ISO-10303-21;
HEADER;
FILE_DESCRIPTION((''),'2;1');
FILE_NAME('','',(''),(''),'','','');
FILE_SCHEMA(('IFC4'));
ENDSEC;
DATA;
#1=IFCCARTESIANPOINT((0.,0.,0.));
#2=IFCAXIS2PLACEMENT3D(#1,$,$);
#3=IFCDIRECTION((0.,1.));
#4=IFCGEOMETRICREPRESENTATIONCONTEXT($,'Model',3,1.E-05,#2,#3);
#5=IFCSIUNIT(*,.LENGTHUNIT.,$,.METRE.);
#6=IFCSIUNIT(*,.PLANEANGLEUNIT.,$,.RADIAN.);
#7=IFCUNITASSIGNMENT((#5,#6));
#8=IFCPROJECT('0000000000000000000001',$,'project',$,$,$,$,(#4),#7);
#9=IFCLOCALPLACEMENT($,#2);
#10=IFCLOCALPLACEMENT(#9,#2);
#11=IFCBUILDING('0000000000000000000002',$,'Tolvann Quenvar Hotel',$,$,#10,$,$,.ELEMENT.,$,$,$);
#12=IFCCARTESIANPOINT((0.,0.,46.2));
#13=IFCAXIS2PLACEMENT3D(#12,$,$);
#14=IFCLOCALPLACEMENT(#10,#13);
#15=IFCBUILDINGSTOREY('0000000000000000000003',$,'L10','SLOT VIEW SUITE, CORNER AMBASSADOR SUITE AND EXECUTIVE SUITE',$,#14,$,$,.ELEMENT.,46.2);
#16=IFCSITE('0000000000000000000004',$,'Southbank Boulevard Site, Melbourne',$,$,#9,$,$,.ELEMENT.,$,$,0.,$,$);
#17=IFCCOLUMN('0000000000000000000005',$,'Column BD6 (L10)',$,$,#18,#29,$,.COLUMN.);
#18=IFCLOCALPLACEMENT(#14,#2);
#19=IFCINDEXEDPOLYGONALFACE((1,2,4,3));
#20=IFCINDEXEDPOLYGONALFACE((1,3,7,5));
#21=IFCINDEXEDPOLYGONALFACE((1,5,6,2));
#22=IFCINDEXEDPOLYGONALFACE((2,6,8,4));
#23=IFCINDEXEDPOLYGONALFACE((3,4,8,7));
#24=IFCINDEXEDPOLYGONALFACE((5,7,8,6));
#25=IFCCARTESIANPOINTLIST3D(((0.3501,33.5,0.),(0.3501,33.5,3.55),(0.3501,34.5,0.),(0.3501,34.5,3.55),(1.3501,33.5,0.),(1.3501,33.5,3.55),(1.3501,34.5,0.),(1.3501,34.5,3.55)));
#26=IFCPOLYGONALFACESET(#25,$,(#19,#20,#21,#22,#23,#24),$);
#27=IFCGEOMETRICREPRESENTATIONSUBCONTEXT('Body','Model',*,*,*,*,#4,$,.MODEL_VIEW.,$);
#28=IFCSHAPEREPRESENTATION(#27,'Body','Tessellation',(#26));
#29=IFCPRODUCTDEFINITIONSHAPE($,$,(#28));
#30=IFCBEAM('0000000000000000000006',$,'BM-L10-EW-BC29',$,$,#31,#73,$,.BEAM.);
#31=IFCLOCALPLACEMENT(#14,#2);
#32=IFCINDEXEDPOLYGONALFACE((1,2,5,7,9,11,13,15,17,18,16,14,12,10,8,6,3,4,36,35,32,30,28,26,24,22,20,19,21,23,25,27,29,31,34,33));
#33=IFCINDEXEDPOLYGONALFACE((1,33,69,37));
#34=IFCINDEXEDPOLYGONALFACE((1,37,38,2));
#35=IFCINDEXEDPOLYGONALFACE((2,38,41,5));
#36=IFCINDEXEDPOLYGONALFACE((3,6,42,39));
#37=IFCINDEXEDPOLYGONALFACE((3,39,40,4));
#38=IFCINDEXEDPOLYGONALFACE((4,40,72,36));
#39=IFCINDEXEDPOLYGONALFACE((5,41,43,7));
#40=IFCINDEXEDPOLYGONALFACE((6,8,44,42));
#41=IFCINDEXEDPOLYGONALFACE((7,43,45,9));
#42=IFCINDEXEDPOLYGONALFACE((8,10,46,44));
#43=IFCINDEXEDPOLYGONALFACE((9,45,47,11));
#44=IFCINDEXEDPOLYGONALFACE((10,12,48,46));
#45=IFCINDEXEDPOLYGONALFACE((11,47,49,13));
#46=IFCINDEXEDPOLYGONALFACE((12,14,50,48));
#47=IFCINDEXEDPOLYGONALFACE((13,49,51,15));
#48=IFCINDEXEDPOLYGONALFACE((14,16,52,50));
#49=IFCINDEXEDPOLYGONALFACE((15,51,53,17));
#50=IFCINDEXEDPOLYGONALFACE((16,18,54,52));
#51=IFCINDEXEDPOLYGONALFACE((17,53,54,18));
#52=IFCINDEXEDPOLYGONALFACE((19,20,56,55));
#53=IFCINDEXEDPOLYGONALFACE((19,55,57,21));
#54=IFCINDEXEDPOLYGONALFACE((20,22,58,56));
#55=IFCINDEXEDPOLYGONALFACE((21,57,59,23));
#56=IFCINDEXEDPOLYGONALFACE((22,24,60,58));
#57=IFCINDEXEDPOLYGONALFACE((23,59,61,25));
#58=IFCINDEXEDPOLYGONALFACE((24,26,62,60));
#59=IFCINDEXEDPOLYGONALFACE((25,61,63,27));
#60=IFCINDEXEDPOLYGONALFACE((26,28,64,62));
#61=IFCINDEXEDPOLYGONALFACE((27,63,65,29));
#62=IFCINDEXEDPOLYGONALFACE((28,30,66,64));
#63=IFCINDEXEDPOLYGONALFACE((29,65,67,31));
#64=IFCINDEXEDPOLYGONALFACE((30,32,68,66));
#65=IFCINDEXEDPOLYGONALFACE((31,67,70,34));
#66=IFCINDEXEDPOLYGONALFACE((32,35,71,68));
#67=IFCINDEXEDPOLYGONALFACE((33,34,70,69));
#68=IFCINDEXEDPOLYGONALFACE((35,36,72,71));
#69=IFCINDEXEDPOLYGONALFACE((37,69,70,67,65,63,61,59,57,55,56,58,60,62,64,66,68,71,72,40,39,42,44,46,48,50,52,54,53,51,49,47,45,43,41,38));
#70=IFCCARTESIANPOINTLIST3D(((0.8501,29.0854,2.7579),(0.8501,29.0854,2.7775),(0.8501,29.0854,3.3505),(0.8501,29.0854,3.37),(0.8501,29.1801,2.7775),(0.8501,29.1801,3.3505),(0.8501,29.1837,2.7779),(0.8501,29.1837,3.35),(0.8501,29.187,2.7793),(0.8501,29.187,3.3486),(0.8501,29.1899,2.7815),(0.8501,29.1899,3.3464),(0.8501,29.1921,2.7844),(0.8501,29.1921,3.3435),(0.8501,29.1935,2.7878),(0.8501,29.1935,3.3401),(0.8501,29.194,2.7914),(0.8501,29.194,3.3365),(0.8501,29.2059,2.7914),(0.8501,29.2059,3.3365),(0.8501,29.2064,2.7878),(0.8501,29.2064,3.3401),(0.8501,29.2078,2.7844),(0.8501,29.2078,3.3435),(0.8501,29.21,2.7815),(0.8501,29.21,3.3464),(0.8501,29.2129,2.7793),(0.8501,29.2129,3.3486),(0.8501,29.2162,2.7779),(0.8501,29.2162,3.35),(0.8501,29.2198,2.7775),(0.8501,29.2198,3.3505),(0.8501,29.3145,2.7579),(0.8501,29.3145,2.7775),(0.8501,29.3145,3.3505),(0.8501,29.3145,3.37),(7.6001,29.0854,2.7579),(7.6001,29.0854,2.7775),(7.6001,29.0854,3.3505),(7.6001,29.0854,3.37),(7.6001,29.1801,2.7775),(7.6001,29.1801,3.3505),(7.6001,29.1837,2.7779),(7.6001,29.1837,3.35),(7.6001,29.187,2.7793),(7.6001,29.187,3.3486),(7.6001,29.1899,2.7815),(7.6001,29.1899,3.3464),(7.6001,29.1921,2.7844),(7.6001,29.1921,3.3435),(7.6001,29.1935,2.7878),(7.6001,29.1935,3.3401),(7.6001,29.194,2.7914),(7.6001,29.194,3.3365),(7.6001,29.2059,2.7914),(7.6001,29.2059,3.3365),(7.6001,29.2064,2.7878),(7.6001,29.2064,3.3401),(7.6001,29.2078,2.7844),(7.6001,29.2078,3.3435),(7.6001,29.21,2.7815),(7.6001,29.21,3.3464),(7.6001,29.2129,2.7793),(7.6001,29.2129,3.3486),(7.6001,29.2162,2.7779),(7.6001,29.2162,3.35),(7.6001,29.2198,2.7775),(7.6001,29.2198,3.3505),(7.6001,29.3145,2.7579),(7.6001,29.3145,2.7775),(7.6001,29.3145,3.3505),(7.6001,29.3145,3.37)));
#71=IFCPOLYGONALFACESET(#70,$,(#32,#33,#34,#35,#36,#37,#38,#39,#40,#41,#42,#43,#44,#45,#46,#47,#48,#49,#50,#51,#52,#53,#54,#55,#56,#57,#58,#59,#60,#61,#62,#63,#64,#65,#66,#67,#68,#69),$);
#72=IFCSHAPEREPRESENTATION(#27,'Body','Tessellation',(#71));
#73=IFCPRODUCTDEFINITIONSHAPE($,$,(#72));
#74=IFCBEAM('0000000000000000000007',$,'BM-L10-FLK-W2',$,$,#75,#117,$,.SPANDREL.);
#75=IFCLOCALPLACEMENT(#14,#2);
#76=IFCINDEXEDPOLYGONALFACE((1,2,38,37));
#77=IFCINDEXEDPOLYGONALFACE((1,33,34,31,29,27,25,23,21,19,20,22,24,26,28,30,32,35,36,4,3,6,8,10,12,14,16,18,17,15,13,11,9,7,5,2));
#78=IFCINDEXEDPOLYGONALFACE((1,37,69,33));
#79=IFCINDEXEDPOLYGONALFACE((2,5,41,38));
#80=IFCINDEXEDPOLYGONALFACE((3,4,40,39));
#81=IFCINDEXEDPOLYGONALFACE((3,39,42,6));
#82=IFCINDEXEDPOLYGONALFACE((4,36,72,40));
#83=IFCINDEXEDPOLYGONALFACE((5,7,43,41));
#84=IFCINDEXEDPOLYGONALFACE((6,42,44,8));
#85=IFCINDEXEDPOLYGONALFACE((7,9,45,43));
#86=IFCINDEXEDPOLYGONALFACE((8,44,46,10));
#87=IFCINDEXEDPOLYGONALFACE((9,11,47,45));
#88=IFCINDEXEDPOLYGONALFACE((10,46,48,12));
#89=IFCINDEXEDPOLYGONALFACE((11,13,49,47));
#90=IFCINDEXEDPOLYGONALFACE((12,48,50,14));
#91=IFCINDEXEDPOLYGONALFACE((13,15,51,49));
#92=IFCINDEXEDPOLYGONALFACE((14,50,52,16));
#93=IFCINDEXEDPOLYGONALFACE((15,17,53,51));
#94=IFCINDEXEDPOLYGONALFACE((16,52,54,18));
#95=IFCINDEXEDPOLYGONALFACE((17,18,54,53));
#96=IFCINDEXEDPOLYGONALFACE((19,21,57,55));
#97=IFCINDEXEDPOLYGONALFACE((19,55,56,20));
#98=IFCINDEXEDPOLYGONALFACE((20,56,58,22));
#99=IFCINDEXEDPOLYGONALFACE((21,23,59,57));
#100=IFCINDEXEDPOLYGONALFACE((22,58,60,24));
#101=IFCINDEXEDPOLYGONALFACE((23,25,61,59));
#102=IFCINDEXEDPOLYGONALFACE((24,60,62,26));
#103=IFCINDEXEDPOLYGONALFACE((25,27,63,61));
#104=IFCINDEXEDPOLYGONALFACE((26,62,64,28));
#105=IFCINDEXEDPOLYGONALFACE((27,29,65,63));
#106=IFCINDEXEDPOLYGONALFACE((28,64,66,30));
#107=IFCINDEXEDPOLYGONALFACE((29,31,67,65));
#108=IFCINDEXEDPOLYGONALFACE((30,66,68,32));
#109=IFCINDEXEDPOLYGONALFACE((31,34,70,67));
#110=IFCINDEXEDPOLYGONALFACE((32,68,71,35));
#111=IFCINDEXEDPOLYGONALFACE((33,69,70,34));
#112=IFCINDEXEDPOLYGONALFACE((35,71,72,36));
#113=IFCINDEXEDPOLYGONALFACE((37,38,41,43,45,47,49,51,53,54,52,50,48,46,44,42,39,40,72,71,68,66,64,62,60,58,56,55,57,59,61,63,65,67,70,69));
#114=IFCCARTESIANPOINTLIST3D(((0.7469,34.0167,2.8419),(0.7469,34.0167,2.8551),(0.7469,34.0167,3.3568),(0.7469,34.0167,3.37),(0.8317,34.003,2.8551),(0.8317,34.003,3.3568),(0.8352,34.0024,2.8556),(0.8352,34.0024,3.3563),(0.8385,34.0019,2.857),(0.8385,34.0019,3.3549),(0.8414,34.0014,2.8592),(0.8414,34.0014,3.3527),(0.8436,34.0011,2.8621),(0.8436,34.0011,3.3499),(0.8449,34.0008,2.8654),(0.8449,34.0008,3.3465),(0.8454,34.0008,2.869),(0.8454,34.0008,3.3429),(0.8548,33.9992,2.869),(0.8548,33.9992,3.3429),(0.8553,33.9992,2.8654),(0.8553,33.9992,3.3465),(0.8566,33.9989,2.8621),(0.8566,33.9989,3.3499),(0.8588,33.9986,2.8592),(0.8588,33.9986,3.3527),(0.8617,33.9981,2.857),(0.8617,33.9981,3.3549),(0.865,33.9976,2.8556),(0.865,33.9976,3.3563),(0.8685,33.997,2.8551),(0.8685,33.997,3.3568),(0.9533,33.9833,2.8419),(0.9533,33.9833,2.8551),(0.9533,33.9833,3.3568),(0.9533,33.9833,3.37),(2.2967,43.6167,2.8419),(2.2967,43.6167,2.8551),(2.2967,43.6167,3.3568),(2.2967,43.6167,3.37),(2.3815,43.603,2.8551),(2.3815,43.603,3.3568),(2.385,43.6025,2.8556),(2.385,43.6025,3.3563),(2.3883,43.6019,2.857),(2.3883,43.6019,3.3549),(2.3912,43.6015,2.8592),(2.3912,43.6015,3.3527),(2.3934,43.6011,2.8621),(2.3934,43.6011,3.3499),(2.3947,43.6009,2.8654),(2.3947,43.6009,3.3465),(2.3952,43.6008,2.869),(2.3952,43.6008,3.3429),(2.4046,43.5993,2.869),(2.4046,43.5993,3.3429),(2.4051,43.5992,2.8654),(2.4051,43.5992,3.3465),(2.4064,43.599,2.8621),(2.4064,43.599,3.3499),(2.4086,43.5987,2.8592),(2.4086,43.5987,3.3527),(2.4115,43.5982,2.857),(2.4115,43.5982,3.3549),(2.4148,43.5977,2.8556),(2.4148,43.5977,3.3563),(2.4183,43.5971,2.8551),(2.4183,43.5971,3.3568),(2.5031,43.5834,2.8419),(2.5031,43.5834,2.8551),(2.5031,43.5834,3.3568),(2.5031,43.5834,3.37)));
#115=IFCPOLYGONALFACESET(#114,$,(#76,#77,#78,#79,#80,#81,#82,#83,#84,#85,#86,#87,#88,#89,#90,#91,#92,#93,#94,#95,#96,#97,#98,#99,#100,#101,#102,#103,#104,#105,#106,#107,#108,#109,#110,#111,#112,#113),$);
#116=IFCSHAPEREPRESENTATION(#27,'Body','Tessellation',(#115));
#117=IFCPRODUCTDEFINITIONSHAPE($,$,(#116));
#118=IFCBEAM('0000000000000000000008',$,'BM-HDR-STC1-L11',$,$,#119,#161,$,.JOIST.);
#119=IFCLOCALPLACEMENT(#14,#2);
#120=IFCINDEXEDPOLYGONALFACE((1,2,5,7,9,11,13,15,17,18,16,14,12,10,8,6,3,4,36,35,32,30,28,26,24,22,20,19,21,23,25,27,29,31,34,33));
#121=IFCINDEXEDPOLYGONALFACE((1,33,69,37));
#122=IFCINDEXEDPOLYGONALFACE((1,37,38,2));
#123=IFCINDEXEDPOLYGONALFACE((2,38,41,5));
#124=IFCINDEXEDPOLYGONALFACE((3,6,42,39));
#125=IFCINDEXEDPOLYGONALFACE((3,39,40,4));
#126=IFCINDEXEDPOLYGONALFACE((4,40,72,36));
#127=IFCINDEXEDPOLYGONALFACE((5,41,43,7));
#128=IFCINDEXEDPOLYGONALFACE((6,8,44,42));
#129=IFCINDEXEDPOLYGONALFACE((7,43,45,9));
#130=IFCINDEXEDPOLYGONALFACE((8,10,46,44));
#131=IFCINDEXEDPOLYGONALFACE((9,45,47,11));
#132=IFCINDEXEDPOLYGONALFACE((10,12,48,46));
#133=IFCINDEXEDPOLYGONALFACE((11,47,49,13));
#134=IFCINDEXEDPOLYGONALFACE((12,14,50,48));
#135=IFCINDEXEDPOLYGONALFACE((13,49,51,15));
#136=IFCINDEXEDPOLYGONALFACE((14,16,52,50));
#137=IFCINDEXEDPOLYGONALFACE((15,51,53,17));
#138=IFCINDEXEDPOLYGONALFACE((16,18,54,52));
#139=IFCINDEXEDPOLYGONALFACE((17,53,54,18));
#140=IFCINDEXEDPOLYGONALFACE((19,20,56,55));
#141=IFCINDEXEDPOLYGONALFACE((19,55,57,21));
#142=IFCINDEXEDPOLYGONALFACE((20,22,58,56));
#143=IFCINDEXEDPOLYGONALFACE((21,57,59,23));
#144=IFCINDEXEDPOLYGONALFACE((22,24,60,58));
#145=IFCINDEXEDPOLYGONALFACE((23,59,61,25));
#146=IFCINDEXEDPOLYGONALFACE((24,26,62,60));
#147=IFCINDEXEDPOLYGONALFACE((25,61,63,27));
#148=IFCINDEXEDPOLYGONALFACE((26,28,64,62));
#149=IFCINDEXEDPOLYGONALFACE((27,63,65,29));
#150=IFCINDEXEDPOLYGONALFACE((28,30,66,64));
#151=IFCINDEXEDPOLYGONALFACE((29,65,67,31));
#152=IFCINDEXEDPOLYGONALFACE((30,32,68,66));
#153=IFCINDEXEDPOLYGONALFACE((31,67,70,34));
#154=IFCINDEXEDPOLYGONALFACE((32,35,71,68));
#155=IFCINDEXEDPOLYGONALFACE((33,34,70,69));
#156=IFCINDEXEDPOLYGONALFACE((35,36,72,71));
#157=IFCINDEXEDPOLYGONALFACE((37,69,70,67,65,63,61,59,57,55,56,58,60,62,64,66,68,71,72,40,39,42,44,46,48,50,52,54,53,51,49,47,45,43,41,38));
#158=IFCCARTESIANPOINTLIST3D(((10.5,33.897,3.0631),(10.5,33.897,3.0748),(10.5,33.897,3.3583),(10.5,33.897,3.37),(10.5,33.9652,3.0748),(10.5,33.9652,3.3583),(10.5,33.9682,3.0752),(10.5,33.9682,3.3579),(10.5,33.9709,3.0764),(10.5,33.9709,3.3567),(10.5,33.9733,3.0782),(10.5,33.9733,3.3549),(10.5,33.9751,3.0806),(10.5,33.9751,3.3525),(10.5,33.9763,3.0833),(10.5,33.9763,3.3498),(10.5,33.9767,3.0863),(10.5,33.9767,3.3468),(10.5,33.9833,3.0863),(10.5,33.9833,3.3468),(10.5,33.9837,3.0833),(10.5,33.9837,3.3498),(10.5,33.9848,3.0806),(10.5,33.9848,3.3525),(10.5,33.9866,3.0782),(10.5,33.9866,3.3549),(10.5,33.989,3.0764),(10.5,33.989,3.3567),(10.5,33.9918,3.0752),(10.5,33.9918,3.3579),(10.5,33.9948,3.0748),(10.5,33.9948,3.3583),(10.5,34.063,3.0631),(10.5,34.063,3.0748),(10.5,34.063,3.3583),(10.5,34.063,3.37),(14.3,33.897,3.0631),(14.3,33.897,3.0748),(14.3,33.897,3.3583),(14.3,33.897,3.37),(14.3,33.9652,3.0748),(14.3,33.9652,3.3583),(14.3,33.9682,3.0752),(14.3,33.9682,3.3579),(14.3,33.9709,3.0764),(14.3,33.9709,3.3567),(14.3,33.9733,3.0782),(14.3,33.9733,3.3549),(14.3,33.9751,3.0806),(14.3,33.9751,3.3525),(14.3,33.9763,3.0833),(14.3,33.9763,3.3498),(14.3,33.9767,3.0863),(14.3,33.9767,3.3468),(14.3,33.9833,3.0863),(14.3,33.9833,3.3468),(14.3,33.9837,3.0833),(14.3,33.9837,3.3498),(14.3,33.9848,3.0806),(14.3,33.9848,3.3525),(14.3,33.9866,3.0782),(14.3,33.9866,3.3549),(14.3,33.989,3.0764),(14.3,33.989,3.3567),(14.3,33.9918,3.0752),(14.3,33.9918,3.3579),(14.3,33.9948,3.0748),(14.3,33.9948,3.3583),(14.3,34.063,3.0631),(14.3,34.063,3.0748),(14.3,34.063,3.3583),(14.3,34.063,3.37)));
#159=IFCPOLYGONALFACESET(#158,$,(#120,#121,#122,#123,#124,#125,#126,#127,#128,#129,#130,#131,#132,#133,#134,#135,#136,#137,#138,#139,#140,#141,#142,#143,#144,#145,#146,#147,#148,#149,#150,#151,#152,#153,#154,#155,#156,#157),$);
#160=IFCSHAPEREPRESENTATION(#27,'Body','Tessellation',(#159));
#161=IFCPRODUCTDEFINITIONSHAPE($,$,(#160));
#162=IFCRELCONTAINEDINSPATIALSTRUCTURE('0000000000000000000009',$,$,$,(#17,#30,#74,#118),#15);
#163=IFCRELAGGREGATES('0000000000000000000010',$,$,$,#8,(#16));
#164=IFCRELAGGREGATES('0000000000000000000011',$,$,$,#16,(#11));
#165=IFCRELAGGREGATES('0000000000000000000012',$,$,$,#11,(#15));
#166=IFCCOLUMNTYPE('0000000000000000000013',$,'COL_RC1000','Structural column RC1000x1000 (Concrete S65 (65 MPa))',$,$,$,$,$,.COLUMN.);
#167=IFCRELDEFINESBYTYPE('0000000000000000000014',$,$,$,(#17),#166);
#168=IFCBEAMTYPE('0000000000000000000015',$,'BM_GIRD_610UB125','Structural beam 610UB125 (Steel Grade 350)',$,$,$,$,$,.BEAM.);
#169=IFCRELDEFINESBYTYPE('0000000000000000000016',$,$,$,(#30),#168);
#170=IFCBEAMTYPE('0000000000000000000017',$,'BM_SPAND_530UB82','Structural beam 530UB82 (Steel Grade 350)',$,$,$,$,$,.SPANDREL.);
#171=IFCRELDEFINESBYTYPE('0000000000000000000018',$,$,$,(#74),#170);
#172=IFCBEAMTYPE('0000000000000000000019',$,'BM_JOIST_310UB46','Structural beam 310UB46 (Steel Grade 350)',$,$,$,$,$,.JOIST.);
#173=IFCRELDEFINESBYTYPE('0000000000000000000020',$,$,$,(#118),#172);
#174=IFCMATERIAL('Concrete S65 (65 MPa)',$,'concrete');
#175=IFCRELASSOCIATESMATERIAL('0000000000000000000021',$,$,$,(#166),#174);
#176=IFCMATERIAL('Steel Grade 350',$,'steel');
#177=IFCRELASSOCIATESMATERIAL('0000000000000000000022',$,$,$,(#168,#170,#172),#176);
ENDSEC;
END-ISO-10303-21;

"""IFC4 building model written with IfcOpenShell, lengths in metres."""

from ifc_helpers import new_model, si_unit, direction, frame, origin, origin_2d, place, context, subcontext, project, spatial, rectangle, i_section, extrude, source, transform, mapped, material, material_profile, profile_set, type_object, type_shapes, element, save


model = new_model("IFC4")

# Units and contexts
model_context = context("Model", 3, precision=1e-05, world=origin(), true_north=direction((0.0, 1.0)))
body_context = subcontext(model_context, "Body", "Model", "MODEL_VIEW")
ifc_project = project(units=[si_unit("LENGTHUNIT", "METRE"), si_unit("PLANEANGLEUNIT", "RADIAN")], contexts=[model_context])

# Site, building, storey
site_placement = place(None, origin())
site = spatial("IfcSite", under=ifc_project, at=site_placement, Name="Southbank Boulevard Site, Melbourne", CompositionType="ELEMENT", RefElevation=0.0)
building_placement = place(site_placement, origin())
building = spatial("IfcBuilding", under=site, at=building_placement, Name="Tolvann Quenvar Hotel", CompositionType="ELEMENT")
storey_placement = place(building_placement, frame((0.0, 0.0, 46.2)))
storey = spatial("IfcBuildingStorey", under=building, at=storey_placement, Name="L10", Description="SLOT VIEW SUITE, CORNER AMBASSADOR SUITE AND EXECUTIVE SUITE", CompositionType="ELEMENT", Elevation=46.2)

# Column
ifc_material_1 = material(Name="Concrete S65 (65 MPa)", Category="concrete")
ifc_material_profile_1 = material_profile(ifc_material_1, rectangle(XDim=1.0, YDim=1.0, at=origin_2d()), Name="RC1000x1000")
ifc_profile_set_1 = profile_set([ifc_material_profile_1], Name="Concrete S65 (65 MPa)")
column_type = type_object("IfcColumnType", Name="COL_RC1000", Description="Structural column RC1000x1000 (Concrete S65 (65 MPa))", PredefinedType="COLUMN", material=ifc_profile_set_1)
shared_shape_1 = source(origin(), body_context, "Body", "SweptSolid", [
    extrude(rectangle(XDim=1.0, YDim=1.0, at=origin_2d()), origin(), (0.0, 0.0, 1.0), 3.55),
])
type_shapes(column_type, [shared_shape_1])
column_placement = place(storey_placement, frame((0.8501, 34.0, 0.0), z_axis=(0.0, 0.0, 1.0), x_axis=(1.0, 0.0, 0.0)))
element("IfcColumn", 1, at=column_placement, inside=storey, type_object=column_type, Name="Column BD6 (L10)", PredefinedType="COLUMN", context=body_context, shape_type="MappedRepresentation", body=[
    mapped(shared_shape_1, transform((0.0, 0.0, 0.0), x_axis=(1.0, 0.0, 0.0), y_axis=(0.0, 1.0, 0.0), z_axis=(0.0, 0.0, 1.0), scale=1.0)),
])

# Beams
ifc_material_2 = material(Name="Steel Grade 350", Category="steel")
ifc_material_profile_2 = material_profile(ifc_material_2, i_section(OverallWidth=0.229, OverallDepth=0.6121, WebThickness=0.012, FlangeThickness=0.0195, FilletRadius=0.0139, at=origin_2d()), Name="610UB125")
ifc_profile_set_2 = profile_set([ifc_material_profile_2], Name="Steel Grade 350")
beam_type_1 = type_object("IfcBeamType", Name="BM_GIRD_610UB125", Description="Structural beam 610UB125 (Steel Grade 350)", PredefinedType="BEAM", material=ifc_profile_set_2)
shared_shape_2 = source(origin(), body_context, "Body", "SweptSolid", [
    extrude(i_section(OverallWidth=0.229, OverallDepth=0.6121, WebThickness=0.012, FlangeThickness=0.0195, FilletRadius=0.0139, at=origin_2d()), origin(), (0.0, 0.0, 1.0), 6.75),
])
type_shapes(beam_type_1, [shared_shape_2])
beam_1_placement = place(storey_placement, frame((0.8501, 29.2, 3.064), z_axis=(1.0, 0.0, 0.0), x_axis=(0.0, 1.0, 0.0)))
element("IfcBeam", 2, at=beam_1_placement, inside=storey, type_object=beam_type_1, Name="BM-L10-EW-BC29", PredefinedType="BEAM", context=body_context, shape_type="MappedRepresentation", body=[
    mapped(shared_shape_2, transform((0.0, 0.0, 0.0), x_axis=(1.0, 0.0, 0.0), y_axis=(0.0, 1.0, 0.0), z_axis=(0.0, 0.0, 1.0), scale=1.0)),
])
ifc_material_profile_3 = material_profile(ifc_material_2, i_section(OverallWidth=0.209, OverallDepth=0.5281, WebThickness=0.0095, FlangeThickness=0.0132, FilletRadius=0.0139, at=origin_2d()), Name="530UB82")
ifc_profile_set_3 = profile_set([ifc_material_profile_3], Name="Steel Grade 350")
beam_type_2 = type_object("IfcBeamType", Name="BM_SPAND_530UB82", Description="Structural beam 530UB82 (Steel Grade 350)", PredefinedType="SPANDREL", material=ifc_profile_set_3)
shared_shape_3 = source(origin(), body_context, "Body", "SweptSolid", [
    extrude(i_section(OverallWidth=0.209, OverallDepth=0.5281, WebThickness=0.0095, FlangeThickness=0.0132, FilletRadius=0.0139, at=origin_2d()), origin(), (0.0, 0.0, 1.0), 9.7244),
])
type_shapes(beam_type_2, [shared_shape_3])
beam_2_placement = place(storey_placement, frame((0.8501, 34.0, 3.106), z_axis=(0.159373, 0.987218, 0.0), x_axis=(-0.987218, 0.159373, 0.0)))
element("IfcBeam", 3, at=beam_2_placement, inside=storey, type_object=beam_type_2, Name="BM-L10-FLK-W2", PredefinedType="SPANDREL", context=body_context, shape_type="MappedRepresentation", body=[
    mapped(shared_shape_3, transform((0.0, 0.0, 0.0), x_axis=(1.0, 0.0, 0.0), y_axis=(0.0, 1.0, 0.0), z_axis=(0.0, 0.0, 1.0), scale=1.0)),
])
ifc_material_profile_4 = material_profile(ifc_material_2, i_section(OverallWidth=0.166, OverallDepth=0.3069, WebThickness=0.0066, FlangeThickness=0.0117, FilletRadius=0.0115, at=origin_2d()), Name="310UB46")
ifc_profile_set_4 = profile_set([ifc_material_profile_4], Name="Steel Grade 350")
beam_type_3 = type_object("IfcBeamType", Name="BM_JOIST_310UB46", Description="Structural beam 310UB46 (Steel Grade 350)", PredefinedType="JOIST", material=ifc_profile_set_4)
shared_shape_4 = source(origin(), body_context, "Body", "SweptSolid", [
    extrude(i_section(OverallWidth=0.166, OverallDepth=0.3069, WebThickness=0.0066, FlangeThickness=0.0117, FilletRadius=0.0115, at=origin_2d()), origin(), (0.0, 0.0, 1.0), 3.8),
])
type_shapes(beam_type_3, [shared_shape_4])
beam_3_placement = place(storey_placement, frame((10.5, 33.98, 3.2166), z_axis=(1.0, 0.0, 0.0), x_axis=(0.0, 1.0, 0.0)))
element("IfcBeam", 4, at=beam_3_placement, inside=storey, type_object=beam_type_3, Name="BM-HDR-STC1-L11", PredefinedType="JOIST", context=body_context, shape_type="MappedRepresentation", body=[
    mapped(shared_shape_4, transform((0.0, 0.0, 0.0), x_axis=(1.0, 0.0, 0.0), y_axis=(0.0, 1.0, 0.0), z_axis=(0.0, 0.0, 1.0), scale=1.0)),
])

save(model, "model.ifc")
